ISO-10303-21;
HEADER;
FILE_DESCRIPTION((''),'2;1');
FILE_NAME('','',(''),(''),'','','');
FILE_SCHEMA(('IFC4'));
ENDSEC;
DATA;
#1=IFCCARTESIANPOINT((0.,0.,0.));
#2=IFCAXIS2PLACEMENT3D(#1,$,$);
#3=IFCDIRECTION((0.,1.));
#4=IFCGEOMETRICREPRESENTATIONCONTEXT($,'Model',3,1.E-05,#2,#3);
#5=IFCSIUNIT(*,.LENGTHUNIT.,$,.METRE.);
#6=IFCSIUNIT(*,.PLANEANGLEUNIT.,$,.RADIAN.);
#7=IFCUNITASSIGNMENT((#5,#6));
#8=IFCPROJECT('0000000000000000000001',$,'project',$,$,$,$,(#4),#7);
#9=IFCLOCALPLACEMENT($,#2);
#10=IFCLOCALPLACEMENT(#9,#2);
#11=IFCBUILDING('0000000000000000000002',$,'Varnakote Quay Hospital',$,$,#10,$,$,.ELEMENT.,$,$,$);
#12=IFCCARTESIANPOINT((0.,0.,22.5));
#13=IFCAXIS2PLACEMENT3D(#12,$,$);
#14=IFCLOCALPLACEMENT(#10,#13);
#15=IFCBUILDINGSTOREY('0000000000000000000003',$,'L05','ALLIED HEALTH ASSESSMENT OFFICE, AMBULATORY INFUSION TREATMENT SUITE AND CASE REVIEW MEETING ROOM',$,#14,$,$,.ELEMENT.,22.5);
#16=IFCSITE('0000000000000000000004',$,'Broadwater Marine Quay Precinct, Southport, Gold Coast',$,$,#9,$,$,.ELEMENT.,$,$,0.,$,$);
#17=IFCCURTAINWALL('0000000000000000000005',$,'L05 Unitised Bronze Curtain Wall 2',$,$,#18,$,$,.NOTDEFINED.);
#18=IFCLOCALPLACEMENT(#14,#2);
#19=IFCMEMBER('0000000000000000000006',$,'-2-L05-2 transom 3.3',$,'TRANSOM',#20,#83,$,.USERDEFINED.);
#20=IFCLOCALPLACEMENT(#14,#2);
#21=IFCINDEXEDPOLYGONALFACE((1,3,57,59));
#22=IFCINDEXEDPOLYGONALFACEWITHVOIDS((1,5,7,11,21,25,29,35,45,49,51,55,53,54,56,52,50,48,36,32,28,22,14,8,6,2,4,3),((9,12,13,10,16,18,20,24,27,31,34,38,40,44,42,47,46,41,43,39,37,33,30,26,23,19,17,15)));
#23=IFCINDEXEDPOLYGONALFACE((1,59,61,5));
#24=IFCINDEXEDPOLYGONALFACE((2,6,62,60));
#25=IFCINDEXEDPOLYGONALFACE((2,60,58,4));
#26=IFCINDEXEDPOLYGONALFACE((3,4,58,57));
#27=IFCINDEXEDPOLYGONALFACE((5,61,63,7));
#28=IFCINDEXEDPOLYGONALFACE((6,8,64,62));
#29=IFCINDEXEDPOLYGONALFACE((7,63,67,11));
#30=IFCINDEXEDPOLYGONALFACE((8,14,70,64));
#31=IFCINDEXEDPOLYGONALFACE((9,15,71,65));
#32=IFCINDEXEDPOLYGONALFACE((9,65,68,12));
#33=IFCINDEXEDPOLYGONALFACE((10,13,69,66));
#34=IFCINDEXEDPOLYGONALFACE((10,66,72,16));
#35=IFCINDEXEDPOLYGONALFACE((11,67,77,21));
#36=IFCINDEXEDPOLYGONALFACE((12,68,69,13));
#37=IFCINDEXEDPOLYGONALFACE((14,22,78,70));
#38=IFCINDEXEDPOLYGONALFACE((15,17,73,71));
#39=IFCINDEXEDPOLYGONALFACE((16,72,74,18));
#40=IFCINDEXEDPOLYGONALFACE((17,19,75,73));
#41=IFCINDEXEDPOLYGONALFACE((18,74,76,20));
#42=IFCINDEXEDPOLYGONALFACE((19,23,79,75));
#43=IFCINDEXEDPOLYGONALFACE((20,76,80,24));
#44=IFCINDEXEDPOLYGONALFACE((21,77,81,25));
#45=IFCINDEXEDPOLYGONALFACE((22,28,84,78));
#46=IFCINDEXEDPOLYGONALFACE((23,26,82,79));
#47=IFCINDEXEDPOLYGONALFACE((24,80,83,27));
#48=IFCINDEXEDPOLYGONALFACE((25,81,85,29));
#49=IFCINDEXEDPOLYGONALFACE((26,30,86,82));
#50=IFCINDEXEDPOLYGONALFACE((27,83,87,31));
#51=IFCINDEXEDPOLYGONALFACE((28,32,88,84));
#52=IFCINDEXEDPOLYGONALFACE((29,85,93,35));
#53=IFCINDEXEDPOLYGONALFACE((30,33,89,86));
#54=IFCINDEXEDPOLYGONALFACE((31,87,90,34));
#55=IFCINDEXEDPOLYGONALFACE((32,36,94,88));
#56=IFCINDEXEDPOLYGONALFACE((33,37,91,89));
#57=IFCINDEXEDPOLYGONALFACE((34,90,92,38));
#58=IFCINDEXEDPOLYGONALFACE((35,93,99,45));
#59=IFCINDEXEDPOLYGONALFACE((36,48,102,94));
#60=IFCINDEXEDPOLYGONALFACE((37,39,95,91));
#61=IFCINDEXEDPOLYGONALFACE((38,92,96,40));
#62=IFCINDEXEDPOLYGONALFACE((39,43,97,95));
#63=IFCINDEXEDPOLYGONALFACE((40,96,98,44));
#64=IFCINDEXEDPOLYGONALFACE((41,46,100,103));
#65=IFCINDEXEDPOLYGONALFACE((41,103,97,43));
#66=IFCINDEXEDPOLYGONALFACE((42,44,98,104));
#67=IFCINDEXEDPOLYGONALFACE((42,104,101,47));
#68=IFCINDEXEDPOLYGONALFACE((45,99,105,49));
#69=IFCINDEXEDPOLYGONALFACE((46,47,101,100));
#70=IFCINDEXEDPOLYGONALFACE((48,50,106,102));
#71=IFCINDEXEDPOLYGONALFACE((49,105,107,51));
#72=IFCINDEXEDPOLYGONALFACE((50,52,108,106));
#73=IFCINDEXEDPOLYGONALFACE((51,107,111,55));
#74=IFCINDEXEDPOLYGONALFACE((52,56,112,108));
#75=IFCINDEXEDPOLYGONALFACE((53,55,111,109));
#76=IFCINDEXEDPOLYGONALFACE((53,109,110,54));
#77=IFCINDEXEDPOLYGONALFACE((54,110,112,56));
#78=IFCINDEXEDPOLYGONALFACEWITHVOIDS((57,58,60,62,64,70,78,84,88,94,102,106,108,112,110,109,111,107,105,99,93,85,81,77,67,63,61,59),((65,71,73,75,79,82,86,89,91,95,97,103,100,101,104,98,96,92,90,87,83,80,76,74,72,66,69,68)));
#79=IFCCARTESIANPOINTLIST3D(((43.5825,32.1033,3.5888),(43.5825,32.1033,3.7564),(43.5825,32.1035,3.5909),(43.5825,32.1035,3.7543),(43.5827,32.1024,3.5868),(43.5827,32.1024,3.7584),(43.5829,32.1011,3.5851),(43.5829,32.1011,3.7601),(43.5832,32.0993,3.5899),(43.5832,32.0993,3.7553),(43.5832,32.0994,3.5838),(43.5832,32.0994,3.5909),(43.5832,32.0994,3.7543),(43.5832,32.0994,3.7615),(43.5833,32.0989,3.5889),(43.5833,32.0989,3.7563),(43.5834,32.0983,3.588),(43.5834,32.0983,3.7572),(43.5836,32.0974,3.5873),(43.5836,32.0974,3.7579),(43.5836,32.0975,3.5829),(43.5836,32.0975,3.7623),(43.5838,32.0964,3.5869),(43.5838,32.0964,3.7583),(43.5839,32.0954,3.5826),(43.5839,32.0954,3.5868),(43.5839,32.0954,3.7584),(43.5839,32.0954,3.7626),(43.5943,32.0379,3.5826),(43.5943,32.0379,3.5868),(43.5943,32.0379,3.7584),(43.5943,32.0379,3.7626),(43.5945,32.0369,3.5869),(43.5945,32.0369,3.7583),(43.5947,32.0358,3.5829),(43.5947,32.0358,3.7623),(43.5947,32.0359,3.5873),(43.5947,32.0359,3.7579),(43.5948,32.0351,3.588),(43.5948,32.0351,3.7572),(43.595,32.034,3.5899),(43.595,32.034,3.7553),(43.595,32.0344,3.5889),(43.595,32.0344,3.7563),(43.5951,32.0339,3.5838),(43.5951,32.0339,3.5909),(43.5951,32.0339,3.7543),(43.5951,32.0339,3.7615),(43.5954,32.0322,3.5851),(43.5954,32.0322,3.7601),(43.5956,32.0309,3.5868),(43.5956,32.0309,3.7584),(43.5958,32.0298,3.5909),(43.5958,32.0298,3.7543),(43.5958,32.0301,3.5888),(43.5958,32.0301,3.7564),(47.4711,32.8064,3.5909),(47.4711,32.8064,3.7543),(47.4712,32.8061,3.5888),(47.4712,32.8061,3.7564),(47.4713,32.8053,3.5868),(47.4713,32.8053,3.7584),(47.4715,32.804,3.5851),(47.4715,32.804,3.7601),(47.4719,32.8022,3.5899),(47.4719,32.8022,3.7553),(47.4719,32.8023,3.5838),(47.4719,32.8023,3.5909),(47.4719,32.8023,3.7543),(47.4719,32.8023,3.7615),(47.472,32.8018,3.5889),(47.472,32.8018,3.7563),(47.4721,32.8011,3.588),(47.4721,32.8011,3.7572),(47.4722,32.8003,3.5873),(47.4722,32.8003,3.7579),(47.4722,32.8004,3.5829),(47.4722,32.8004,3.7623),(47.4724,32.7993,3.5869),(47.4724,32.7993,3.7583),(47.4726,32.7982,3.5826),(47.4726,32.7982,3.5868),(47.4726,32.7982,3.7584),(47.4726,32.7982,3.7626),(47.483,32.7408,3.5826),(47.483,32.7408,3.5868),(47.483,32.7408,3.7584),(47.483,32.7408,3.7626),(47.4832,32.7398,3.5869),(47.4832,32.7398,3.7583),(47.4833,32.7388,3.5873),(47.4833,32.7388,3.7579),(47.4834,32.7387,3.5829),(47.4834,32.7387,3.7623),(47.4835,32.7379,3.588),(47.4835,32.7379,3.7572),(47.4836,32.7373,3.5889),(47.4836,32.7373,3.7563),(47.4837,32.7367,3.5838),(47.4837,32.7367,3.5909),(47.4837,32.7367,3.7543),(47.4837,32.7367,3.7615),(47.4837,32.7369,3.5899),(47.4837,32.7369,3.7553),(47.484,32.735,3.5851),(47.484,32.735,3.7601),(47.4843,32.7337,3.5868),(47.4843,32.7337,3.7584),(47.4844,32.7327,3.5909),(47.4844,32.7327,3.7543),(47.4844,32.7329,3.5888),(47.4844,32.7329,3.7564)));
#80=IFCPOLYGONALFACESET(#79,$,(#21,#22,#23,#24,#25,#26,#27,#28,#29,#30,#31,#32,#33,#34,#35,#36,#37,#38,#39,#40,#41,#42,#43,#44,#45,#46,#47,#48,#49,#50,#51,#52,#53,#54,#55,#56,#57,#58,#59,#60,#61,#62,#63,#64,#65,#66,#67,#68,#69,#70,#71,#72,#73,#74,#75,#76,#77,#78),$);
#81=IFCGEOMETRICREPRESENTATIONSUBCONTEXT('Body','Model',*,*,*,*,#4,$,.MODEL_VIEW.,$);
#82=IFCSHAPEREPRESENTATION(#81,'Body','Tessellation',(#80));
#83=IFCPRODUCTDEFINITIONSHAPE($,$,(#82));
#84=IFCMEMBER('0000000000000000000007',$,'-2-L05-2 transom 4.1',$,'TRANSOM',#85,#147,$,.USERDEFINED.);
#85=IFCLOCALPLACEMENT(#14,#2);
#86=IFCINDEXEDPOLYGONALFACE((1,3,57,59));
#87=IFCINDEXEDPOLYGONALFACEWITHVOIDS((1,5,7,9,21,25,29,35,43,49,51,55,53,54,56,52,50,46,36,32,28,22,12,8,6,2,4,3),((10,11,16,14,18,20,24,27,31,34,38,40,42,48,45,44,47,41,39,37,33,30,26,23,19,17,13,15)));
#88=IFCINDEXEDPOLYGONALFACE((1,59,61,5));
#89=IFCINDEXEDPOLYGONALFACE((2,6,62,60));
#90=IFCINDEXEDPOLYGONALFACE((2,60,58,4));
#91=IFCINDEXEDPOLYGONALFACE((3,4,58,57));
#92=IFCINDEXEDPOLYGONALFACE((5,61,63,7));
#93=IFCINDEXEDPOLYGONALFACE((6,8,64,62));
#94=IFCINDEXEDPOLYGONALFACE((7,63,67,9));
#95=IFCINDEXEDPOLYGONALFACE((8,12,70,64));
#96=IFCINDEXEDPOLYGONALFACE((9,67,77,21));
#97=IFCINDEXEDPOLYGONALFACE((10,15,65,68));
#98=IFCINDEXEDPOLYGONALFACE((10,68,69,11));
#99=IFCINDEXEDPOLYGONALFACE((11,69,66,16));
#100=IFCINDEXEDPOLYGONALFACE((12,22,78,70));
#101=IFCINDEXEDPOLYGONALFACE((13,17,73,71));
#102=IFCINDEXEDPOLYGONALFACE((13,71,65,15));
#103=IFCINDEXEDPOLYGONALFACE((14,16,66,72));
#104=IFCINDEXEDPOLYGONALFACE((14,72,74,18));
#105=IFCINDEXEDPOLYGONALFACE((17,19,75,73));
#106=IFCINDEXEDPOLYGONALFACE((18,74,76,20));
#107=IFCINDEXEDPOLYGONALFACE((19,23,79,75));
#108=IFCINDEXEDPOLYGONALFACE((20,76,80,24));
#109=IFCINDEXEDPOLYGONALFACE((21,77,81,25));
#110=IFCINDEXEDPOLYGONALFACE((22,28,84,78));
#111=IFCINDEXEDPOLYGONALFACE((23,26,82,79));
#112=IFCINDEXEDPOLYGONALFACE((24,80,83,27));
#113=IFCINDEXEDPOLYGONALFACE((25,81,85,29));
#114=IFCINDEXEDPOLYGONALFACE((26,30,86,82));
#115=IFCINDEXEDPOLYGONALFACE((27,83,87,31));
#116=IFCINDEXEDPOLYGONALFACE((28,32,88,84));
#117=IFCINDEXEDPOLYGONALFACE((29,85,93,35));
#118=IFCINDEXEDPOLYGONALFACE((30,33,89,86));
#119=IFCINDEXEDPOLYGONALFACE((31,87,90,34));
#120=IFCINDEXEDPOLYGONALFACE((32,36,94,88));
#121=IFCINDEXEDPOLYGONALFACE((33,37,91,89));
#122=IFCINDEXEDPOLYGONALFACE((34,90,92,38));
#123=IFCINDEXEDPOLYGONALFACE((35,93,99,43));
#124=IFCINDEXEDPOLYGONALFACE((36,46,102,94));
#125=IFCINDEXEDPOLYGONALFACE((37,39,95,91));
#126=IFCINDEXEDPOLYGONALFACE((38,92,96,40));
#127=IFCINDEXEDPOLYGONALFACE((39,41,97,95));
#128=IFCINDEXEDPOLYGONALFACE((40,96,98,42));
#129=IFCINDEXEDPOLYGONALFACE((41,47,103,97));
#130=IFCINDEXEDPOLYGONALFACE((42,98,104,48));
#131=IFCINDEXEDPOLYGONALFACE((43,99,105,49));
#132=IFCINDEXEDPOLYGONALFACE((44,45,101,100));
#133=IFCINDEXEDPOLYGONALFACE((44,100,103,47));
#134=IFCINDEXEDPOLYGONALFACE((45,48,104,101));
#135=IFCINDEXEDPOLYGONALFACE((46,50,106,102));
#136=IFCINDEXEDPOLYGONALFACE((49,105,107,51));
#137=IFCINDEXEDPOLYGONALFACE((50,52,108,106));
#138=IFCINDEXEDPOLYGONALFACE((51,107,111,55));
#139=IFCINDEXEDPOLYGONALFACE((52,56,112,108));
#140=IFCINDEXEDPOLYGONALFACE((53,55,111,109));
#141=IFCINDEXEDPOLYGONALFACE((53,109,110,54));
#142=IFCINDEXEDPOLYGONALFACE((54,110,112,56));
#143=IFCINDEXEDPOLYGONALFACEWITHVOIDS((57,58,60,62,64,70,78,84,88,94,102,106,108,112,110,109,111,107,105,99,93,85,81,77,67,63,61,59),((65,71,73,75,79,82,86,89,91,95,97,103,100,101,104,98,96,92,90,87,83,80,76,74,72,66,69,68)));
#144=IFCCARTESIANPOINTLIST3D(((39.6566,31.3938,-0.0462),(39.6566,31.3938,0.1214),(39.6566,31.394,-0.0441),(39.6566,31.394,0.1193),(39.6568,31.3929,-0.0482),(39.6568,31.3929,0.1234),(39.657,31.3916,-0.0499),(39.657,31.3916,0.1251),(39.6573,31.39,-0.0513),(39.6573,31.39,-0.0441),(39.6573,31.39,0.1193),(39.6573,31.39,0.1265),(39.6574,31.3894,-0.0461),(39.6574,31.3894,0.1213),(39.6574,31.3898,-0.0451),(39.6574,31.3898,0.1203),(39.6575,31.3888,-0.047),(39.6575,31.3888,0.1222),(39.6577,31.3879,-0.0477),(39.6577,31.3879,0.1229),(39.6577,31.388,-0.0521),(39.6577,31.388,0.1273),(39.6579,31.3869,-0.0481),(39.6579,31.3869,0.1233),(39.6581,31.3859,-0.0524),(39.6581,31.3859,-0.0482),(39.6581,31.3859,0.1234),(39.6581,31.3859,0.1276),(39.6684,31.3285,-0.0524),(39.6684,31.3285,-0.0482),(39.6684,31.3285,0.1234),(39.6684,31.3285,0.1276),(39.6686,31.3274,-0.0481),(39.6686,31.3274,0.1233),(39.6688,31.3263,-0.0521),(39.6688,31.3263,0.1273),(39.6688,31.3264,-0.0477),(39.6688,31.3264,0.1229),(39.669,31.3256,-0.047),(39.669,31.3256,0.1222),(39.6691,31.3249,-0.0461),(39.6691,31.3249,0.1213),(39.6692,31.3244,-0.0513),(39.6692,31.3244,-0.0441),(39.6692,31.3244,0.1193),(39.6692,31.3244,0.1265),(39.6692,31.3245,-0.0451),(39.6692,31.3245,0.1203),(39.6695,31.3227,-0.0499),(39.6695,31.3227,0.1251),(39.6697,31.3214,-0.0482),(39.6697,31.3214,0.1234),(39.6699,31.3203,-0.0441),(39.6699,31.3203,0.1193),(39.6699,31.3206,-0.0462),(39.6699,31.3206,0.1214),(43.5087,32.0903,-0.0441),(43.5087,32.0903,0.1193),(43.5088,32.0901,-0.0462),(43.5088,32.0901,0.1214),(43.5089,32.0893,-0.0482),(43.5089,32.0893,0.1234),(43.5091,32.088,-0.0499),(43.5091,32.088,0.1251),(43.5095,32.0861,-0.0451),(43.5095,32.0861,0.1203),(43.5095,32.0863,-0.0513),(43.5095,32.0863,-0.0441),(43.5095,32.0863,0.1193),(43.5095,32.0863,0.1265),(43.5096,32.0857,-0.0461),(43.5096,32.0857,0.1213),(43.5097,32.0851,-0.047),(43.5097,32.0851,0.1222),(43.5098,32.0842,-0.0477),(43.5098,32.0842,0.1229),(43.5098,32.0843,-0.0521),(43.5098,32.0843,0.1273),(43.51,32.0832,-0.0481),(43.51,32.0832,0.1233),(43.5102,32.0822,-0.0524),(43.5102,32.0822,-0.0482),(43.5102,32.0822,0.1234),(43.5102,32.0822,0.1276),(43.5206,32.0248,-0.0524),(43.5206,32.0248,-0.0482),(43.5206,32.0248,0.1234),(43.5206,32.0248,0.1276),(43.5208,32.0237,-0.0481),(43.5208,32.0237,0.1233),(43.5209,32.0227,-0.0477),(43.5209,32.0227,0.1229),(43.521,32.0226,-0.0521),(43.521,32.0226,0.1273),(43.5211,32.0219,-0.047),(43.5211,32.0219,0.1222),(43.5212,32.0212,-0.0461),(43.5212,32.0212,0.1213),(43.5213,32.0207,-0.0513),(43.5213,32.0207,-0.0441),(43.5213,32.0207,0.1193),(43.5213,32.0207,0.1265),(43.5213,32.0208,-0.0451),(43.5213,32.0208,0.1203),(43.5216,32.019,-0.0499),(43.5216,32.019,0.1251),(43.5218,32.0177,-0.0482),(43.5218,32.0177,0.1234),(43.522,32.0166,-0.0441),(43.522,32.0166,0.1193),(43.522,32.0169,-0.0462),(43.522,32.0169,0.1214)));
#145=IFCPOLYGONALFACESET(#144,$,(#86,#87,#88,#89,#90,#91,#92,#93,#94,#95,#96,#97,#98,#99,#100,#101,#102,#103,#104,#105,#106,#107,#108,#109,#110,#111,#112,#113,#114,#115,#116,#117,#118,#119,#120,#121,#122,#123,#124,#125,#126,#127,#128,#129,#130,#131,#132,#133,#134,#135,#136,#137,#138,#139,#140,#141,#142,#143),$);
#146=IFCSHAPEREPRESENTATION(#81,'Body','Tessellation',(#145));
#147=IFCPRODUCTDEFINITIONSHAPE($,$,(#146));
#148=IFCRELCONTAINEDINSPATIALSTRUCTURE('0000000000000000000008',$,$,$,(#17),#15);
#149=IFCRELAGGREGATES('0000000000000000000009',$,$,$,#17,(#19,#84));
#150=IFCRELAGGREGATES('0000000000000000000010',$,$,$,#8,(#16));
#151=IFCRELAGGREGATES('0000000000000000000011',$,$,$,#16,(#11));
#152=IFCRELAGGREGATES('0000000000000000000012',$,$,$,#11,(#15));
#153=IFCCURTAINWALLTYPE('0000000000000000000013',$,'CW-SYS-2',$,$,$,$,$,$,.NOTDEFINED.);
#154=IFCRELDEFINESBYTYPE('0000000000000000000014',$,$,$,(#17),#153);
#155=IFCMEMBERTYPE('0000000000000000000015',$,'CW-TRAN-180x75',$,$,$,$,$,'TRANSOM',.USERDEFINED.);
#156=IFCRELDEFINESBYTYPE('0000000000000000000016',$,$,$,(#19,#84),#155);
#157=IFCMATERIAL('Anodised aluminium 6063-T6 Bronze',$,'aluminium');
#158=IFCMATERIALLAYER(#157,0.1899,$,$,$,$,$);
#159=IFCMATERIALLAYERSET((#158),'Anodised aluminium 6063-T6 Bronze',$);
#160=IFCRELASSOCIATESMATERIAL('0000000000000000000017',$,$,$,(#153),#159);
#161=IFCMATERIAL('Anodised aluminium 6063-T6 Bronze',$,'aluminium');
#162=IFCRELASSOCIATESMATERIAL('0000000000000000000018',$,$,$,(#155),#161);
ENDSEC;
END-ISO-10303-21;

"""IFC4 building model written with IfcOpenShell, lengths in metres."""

from ifc_helpers import new_model, si_unit, direction, frame, origin, origin_2d, place, context, subcontext, project, spatial, hollow_rectangle, extrude, material, layer, layer_set, material_profile, profile_set, type_object, element, aggregate, save


model = new_model("IFC4")

# Units and contexts
model_context = context("Model", 3, precision=1e-05, world=origin(), true_north=direction((0.0, 1.0)))
body_context = subcontext(model_context, "Body", "Model", "MODEL_VIEW")
ifc_project = project(units=[si_unit("LENGTHUNIT", "METRE"), si_unit("PLANEANGLEUNIT", "RADIAN")], contexts=[model_context])

# Site, building, storey
site_placement = place(None, origin())
site = spatial("IfcSite", under=ifc_project, at=site_placement, Name="Broadwater Marine Quay Precinct, Southport, Gold Coast", CompositionType="ELEMENT", RefElevation=0.0)
building_placement = place(site_placement, origin())
building = spatial("IfcBuilding", under=site, at=building_placement, Name="Varnakote Quay Hospital", CompositionType="ELEMENT")
storey_placement = place(building_placement, frame((0.0, 0.0, 22.5)))
storey = spatial("IfcBuildingStorey", under=building, at=storey_placement, Name="L05", Description="ALLIED HEALTH ASSESSMENT OFFICE, AMBULATORY INFUSION TREATMENT SUITE AND CASE REVIEW MEETING ROOM", CompositionType="ELEMENT", Elevation=22.5)

# Curtain wall, members
ifc_material_1 = material(Name="Anodised aluminium 6063-T6 Bronze", Category="aluminium")
ifc_layer_1 = layer(ifc_material_1, 0.1899)
ifc_layer_set_1 = layer_set([ifc_layer_1], Name="Anodised aluminium 6063-T6 Bronze")
curtain_wall_type = type_object("IfcCurtainWallType", Name="CW-SYS-2", PredefinedType="NOTDEFINED", material=ifc_layer_set_1)
curtain_wall_placement = place(storey_placement, origin())
curtain_wall = element("IfcCurtainWall", 1, at=curtain_wall_placement, inside=storey, type_object=curtain_wall_type, Name="L05 Unitised Bronze Curtain Wall 2", PredefinedType="NOTDEFINED")
ifc_material_2 = material(Name="Anodised aluminium 6063-T6 Bronze", Category="aluminium")
ifc_material_profile_1 = material_profile(ifc_material_2, hollow_rectangle(XDim=0.075, YDim=0.1799, WallThickness=0.0042, InnerFilletRadius=0.0042, OuterFilletRadius=0.0083, at=origin_2d()), Name="CW-TRAN-180x75")
ifc_profile_set_1 = profile_set([ifc_material_profile_1], Name="Anodised aluminium 6063-T6 Bronze")
member_type_1 = type_object("IfcMemberType", Name="CW-TRAN-180x75", ElementType="TRANSOM", PredefinedType="USERDEFINED", material=ifc_profile_set_1)
member_1_placement = place(storey_placement, frame((47.4778, 32.7695, 3.6726), z_axis=(-0.984054, -0.177869, 0.0), x_axis=(0.177869, -0.984054, 0.0)))
member_1 = element("IfcMember", 2, at=member_1_placement, type_object=member_type_1, Name="-2-L05-2 transom 3.3", ObjectType="TRANSOM", PredefinedType="USERDEFINED", context=body_context, shape_type="SweptSolid", body=[
    extrude(hollow_rectangle(XDim=0.075, YDim=0.1799, WallThickness=0.0042, InnerFilletRadius=0.0042, OuterFilletRadius=0.0083, at=origin_2d()), origin(), (0.0, 0.0, 1.0), 3.9517),
])
member_2_placement = place(storey_placement, frame((43.5154, 32.0535, 0.0376), z_axis=(-0.984053, -0.177875, 0.0), x_axis=(0.177875, -0.984053, 0.0)))
member_2 = element("IfcMember", 3, at=member_2_placement, type_object=member_type_1, Name="-2-L05-2 transom 4.1", ObjectType="TRANSOM", PredefinedType="USERDEFINED", context=body_context, shape_type="SweptSolid", body=[
    extrude(hollow_rectangle(XDim=0.075, YDim=0.1799, WallThickness=0.0042, InnerFilletRadius=0.0042, OuterFilletRadius=0.0083, at=origin_2d()), origin(), (0.0, 0.0, 1.0), 3.9146),
])
aggregate(curtain_wall, [member_1, member_2])

save(model, "model.ifc")
